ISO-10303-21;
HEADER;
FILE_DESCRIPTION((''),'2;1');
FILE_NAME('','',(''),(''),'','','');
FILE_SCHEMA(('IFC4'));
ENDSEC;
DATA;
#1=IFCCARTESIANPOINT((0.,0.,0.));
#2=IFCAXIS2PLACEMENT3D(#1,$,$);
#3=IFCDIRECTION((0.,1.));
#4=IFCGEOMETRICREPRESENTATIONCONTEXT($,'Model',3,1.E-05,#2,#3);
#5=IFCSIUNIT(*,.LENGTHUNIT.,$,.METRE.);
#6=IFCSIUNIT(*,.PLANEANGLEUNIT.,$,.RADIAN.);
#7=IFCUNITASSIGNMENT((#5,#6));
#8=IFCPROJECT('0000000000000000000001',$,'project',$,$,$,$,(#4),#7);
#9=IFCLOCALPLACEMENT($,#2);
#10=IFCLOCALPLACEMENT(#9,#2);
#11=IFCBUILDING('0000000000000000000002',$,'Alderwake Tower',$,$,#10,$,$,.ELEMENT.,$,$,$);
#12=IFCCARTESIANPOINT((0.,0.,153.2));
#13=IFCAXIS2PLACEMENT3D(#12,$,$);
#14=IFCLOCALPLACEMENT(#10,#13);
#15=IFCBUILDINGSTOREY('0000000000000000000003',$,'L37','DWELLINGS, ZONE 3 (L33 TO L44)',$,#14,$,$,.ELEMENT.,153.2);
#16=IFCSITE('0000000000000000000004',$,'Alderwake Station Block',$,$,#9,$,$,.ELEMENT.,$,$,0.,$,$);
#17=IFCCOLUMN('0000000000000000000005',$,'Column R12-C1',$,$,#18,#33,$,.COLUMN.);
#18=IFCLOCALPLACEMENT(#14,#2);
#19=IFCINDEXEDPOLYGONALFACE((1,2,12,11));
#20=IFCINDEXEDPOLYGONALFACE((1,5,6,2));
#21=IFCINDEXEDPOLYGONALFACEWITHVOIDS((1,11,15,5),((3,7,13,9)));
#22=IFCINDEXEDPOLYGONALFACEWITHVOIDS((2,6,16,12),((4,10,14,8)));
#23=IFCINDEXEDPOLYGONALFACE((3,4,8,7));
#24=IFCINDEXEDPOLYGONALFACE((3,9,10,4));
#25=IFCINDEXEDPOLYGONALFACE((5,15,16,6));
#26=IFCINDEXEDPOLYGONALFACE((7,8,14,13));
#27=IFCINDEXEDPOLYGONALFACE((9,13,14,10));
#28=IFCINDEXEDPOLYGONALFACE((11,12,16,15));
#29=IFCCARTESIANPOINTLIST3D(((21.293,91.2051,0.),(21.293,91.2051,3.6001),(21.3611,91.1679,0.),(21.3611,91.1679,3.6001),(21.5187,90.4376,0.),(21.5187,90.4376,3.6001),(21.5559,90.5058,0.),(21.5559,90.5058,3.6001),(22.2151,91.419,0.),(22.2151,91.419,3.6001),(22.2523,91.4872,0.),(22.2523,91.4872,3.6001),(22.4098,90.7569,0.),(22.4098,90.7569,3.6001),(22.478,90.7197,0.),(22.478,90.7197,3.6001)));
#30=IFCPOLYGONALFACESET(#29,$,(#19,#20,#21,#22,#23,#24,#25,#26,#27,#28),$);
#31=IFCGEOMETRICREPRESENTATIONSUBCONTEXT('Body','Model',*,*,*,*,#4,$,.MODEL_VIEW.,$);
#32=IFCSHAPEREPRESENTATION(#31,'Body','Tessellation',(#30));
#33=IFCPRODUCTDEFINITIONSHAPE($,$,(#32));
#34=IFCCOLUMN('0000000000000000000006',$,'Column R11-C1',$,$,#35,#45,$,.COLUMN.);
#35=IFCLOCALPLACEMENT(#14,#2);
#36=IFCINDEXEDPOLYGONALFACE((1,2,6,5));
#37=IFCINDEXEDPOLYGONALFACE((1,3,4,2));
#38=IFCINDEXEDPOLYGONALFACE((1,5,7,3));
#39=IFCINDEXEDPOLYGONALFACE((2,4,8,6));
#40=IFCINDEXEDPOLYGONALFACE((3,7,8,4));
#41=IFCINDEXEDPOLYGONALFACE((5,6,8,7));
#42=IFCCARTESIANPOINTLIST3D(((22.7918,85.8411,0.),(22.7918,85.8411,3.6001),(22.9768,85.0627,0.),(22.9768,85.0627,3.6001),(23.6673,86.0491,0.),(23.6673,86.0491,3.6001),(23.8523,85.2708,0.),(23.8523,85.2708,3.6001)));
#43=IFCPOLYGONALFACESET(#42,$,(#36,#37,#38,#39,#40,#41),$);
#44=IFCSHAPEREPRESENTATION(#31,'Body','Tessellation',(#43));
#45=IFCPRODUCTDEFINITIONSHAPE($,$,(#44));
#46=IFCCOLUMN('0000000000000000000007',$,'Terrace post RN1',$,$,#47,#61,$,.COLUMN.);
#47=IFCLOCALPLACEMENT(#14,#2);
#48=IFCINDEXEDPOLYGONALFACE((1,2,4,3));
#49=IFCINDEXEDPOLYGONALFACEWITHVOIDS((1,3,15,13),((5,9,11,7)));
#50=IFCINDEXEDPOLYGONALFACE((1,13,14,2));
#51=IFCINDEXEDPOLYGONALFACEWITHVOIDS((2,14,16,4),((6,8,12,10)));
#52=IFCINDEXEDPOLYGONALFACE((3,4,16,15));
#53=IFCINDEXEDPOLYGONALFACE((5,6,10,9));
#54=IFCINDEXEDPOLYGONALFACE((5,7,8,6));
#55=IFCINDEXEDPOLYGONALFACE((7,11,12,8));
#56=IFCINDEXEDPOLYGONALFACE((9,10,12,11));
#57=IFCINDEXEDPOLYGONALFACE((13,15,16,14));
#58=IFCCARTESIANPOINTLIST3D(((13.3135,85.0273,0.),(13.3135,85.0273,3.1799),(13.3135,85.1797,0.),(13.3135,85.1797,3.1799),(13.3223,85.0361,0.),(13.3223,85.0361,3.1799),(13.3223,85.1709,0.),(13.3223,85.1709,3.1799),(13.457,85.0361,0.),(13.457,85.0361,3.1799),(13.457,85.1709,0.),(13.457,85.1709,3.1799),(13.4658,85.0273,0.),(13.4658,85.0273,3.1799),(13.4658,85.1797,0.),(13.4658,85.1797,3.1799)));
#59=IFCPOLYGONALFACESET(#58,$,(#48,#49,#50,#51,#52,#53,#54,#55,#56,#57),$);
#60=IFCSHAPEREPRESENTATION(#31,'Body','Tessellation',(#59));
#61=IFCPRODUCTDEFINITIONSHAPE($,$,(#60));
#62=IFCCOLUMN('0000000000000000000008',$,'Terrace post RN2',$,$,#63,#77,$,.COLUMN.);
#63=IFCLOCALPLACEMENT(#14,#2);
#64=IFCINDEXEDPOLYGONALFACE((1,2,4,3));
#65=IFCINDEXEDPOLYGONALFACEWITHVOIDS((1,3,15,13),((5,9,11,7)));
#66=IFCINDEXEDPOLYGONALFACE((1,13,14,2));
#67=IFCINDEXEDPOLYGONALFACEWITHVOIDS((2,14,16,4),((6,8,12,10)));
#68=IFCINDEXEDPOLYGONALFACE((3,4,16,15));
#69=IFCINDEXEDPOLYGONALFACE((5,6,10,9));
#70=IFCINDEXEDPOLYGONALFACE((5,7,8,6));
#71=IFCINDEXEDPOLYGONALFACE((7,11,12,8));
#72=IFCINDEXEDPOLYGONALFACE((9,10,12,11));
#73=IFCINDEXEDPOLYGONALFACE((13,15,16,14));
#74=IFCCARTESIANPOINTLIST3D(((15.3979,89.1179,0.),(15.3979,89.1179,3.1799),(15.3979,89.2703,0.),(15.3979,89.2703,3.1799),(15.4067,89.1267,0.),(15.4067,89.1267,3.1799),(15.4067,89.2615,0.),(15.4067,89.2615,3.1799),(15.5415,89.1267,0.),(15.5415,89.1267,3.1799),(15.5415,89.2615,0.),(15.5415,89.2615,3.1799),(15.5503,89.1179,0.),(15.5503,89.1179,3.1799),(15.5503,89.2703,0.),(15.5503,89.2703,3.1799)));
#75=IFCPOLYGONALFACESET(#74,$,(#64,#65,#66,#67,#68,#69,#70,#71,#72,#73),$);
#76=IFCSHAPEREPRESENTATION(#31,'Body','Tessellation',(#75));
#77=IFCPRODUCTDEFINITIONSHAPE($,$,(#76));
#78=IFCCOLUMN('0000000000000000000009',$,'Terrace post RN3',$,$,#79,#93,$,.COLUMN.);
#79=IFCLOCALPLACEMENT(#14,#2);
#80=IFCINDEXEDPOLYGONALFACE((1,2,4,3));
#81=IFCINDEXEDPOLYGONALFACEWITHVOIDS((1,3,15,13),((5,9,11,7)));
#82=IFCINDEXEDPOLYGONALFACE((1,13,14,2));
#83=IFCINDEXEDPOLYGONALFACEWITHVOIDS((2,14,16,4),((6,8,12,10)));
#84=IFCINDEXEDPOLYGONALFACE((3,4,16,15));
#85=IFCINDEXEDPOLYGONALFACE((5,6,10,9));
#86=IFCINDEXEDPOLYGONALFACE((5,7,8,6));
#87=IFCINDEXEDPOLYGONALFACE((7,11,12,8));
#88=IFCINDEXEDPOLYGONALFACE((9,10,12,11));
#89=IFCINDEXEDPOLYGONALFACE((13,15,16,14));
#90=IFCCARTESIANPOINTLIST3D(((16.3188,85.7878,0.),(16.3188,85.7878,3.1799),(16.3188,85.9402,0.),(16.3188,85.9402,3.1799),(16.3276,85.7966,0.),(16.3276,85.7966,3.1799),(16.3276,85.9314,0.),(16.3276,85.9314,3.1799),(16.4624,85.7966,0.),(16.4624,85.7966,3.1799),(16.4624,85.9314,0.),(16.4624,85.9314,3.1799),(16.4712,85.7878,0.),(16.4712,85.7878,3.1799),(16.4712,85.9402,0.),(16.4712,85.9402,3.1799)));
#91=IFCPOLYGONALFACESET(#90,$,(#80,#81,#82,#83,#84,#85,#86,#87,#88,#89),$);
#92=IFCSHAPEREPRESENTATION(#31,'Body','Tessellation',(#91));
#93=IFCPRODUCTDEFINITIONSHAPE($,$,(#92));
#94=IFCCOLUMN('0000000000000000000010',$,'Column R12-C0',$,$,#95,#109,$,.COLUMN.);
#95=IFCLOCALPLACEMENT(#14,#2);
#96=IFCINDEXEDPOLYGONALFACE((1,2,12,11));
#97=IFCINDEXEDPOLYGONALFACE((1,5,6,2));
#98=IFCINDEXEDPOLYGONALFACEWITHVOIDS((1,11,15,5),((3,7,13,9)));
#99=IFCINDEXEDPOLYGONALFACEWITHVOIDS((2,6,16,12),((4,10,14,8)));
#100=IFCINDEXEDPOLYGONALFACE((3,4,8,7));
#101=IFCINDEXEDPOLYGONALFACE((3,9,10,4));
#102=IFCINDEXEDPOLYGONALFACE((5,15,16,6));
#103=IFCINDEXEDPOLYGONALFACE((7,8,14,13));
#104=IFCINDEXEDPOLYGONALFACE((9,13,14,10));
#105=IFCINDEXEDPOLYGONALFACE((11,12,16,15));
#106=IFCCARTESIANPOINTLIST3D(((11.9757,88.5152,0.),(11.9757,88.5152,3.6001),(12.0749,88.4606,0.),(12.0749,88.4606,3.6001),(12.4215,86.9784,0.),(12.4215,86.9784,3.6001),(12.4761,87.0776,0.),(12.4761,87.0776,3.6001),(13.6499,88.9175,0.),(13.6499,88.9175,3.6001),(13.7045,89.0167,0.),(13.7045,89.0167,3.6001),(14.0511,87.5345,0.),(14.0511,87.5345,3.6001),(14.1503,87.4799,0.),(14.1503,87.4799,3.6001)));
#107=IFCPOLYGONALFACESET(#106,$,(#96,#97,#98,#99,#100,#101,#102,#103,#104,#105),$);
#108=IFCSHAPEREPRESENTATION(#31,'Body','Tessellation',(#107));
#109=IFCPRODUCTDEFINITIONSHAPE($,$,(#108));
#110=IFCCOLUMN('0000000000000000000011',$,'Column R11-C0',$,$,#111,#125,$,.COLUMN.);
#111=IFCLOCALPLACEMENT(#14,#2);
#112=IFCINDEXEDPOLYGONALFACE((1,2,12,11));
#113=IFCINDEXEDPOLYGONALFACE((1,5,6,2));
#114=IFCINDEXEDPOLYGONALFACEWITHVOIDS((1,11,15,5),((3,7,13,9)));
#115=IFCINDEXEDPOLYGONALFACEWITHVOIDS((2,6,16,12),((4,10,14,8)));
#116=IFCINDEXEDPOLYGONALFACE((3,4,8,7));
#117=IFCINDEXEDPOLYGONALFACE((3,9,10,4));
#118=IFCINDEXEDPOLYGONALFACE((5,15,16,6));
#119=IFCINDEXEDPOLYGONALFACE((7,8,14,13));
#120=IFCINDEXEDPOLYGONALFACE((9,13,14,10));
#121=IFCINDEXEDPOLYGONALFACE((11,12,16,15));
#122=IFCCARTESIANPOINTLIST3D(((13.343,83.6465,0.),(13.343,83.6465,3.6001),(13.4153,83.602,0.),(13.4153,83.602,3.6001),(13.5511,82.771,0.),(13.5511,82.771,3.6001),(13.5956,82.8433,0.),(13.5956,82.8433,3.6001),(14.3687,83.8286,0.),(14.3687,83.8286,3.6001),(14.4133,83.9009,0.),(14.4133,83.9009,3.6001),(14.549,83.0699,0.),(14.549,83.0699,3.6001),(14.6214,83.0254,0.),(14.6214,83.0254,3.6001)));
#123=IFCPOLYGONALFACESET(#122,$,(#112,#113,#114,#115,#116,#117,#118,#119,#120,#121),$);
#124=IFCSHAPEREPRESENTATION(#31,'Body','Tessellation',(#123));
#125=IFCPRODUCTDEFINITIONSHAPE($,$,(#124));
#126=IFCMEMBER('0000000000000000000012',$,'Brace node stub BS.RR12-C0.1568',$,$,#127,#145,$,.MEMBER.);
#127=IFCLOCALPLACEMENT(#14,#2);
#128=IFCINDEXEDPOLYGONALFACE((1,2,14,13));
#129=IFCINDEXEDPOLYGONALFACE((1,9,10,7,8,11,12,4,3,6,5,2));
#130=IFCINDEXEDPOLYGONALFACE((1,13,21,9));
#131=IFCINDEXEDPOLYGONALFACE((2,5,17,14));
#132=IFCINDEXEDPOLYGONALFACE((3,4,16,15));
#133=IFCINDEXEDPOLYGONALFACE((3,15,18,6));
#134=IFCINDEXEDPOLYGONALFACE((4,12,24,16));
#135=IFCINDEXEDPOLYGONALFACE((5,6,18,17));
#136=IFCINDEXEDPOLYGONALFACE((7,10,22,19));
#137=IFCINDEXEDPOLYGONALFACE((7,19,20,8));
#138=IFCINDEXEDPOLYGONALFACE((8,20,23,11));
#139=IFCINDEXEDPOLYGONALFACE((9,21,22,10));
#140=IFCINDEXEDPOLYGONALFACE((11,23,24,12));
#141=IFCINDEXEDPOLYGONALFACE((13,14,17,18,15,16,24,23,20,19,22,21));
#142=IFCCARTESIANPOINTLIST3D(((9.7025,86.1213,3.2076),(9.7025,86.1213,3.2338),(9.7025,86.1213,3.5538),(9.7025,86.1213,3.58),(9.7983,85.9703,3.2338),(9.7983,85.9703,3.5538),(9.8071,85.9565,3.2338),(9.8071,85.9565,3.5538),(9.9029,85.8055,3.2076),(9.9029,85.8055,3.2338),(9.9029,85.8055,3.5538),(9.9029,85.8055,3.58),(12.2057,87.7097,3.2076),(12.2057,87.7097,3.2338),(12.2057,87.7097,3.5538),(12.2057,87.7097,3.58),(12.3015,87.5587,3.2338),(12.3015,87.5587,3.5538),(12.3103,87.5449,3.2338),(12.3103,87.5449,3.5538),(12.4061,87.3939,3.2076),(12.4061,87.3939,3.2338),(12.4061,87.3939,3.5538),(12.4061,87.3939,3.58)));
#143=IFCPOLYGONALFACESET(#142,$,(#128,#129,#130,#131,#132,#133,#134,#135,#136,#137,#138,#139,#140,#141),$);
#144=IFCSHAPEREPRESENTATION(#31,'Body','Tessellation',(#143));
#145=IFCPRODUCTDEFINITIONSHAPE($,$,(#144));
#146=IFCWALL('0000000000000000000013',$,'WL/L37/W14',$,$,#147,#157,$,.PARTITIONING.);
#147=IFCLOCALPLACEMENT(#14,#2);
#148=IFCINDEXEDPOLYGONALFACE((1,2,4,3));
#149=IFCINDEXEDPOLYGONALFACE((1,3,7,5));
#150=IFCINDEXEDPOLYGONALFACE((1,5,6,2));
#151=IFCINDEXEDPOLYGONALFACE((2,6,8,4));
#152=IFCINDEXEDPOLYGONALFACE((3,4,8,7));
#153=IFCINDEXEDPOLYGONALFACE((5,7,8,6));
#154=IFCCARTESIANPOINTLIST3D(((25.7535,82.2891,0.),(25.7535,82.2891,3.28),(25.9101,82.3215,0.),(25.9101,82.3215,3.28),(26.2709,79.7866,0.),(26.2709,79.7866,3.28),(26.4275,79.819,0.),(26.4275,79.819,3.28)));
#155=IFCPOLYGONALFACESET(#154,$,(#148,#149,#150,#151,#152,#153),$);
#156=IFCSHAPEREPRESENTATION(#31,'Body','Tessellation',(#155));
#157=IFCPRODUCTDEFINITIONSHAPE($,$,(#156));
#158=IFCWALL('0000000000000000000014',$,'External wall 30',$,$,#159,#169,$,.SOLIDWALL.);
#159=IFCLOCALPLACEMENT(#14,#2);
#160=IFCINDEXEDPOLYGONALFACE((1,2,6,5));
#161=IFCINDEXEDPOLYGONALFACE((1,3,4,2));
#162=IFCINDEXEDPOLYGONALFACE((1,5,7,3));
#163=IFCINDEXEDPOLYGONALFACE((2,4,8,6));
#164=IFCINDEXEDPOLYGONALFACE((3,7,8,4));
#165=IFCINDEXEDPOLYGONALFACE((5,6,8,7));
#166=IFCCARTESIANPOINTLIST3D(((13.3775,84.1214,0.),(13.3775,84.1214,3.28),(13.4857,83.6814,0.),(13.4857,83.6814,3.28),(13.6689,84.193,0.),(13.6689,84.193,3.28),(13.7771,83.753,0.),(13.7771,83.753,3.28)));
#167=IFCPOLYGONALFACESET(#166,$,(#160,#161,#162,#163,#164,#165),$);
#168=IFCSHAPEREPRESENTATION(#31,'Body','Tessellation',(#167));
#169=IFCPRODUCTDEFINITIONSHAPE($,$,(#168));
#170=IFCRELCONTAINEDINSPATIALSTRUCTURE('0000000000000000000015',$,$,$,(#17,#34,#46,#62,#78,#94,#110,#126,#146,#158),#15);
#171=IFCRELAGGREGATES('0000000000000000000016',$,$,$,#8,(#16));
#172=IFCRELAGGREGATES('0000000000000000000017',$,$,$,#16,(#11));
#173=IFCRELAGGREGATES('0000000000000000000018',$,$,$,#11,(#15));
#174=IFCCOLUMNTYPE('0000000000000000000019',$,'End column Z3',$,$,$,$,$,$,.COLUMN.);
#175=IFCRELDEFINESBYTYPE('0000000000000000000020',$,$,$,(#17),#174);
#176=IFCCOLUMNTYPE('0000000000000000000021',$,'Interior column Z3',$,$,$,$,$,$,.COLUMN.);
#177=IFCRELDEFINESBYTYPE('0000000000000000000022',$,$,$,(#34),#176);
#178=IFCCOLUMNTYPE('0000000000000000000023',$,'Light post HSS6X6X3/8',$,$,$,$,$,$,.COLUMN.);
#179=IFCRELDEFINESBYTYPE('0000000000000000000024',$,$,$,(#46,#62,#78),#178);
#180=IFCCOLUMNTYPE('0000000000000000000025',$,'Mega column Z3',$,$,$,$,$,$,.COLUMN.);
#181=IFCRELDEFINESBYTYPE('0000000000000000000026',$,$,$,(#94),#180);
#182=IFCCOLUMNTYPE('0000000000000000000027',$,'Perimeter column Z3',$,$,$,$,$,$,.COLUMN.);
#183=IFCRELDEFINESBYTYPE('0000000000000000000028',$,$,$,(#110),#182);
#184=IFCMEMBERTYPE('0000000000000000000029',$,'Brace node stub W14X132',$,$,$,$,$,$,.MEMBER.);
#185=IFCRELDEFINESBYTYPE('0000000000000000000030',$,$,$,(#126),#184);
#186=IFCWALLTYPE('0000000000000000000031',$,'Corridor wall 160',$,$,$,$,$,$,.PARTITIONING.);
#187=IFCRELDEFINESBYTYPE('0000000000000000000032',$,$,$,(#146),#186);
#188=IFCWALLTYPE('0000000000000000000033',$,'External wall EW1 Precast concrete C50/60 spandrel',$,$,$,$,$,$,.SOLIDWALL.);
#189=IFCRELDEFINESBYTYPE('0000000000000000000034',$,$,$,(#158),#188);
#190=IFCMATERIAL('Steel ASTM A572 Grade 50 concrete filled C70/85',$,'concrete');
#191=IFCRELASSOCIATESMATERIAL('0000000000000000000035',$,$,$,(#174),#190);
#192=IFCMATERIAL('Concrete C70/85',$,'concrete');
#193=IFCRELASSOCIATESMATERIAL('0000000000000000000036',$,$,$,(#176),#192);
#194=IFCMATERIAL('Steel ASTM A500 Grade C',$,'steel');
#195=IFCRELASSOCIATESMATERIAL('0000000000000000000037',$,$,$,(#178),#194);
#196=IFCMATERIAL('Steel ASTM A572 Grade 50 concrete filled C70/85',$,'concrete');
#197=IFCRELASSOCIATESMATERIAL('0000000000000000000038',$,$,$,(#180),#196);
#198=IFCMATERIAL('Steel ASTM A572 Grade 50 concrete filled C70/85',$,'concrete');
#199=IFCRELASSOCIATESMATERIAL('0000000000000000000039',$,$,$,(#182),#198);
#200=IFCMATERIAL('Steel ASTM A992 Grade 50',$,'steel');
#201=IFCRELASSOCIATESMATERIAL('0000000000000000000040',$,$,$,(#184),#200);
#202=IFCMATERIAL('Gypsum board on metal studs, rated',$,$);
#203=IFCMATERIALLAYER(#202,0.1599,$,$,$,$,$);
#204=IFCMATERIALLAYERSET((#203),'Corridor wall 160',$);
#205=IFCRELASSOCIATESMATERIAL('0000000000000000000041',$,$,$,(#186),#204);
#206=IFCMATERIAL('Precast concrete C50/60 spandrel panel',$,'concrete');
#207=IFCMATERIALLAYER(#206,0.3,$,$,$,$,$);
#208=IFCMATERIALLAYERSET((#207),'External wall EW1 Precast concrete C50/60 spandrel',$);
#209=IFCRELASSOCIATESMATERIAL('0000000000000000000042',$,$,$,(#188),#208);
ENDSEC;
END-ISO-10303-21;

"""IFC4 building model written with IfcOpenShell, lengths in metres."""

from ifc_helpers import new_model, si_unit, direction, frame, frame_2d, origin, origin_2d, place, context, subcontext, project, spatial, rectangle, hollow_rectangle, i_section, extrude, material, layer, layer_set, material_profile, profile_set, type_object, element, save


model = new_model("IFC4")

# Units and contexts
model_context = context("Model", 3, precision=1e-05, world=origin(), true_north=direction((0.0, 1.0)))
body_context = subcontext(model_context, "Body", "Model", "MODEL_VIEW")
ifc_project = project(units=[si_unit("LENGTHUNIT", "METRE"), si_unit("PLANEANGLEUNIT", "RADIAN")], contexts=[model_context])

# Site, building, storey
site_placement = place(None, origin())
site = spatial("IfcSite", under=ifc_project, at=site_placement, Name="Alderwake Station Block", CompositionType="ELEMENT", RefElevation=0.0)
building_placement = place(site_placement, origin())
building = spatial("IfcBuilding", under=site, at=building_placement, Name="Alderwake Tower", CompositionType="ELEMENT")
storey_placement = place(building_placement, frame((0.0, 0.0, 153.2)))
storey = spatial("IfcBuildingStorey", under=building, at=storey_placement, Name="L37", Description="DWELLINGS, ZONE 3 (L33 TO L44)", CompositionType="ELEMENT", Elevation=153.2)

# Columns
ifc_material_1 = material(Name="Steel ASTM A572 Grade 50 concrete filled C70/85", Category="concrete")
ifc_material_profile_1 = material_profile(ifc_material_1, hollow_rectangle(XDim=0.8, YDim=1.0, WallThickness=0.0549, at=origin_2d()), Name="BOX 1000X800X55")
ifc_profile_set_1 = profile_set([ifc_material_profile_1], Name="Steel ASTM A572 Grade 50 concrete filled C70/85")
column_type_1 = type_object("IfcColumnType", Name="End column Z3", PredefinedType="COLUMN", material=ifc_profile_set_1)
column_1_placement = place(storey_placement, frame((21.8855, 90.9624, 0.0), z_axis=(0.0, 0.0, 1.0), x_axis=(-0.282132, 0.959376, 0.0)))
element("IfcColumn", 1, at=column_1_placement, inside=storey, type_object=column_type_1, Name="Column R12-C1", PredefinedType="COLUMN", context=body_context, shape_type="SweptSolid", body=[
    extrude(hollow_rectangle(XDim=0.8, YDim=1.0, WallThickness=0.0549, at=origin_2d()), origin(), (0.0, 0.0, 1.0), 3.6001),
])
ifc_material_2 = material(Name="Concrete C70/85", Category="concrete")
ifc_material_profile_2 = material_profile(ifc_material_2, rectangle(XDim=0.8, YDim=0.8999, at=origin_2d()), Name="RC 900X800")
ifc_profile_set_2 = profile_set([ifc_material_profile_2], Name="Concrete C70/85")
column_type_2 = type_object("IfcColumnType", Name="Interior column Z3", PredefinedType="COLUMN", material=ifc_profile_set_2)
column_2_placement = place(storey_placement, frame((23.322, 85.5559, 0.0), z_axis=(0.0, 0.0, 1.0), x_axis=(-0.231222, 0.972901, 0.0)))
element("IfcColumn", 2, at=column_2_placement, inside=storey, type_object=column_type_2, Name="Column R11-C1", PredefinedType="COLUMN", context=body_context, shape_type="SweptSolid", body=[
    extrude(rectangle(XDim=0.8, YDim=0.8999, at=origin_2d()), origin(), (0.0, 0.0, 1.0), 3.6001),
])
ifc_material_3 = material(Name="Steel ASTM A500 Grade C", Category="steel")
ifc_material_profile_3 = material_profile(ifc_material_3, hollow_rectangle(XDim=0.1523, YDim=0.1523, WallThickness=0.0088, at=origin_2d()), Name="HSS6X6X3/8")
ifc_profile_set_3 = profile_set([ifc_material_profile_3], Name="Steel ASTM A500 Grade C")
column_type_3 = type_object("IfcColumnType", Name="Light post HSS6X6X3/8", PredefinedType="COLUMN", material=ifc_profile_set_3)
for number, where, z_axis, x_axis, name in (
    (3, (13.3896, 85.1035, 0.0), (0.0, 0.0, 1.0), (1.0, 0.0, 0.0), "Terrace post RN1"),
    (4, (15.4741, 89.1941, 0.0), (0.0, 0.0, 1.0), (1.0, 0.0, 0.0), "Terrace post RN2"),
    (5, (16.395, 85.864, 0.0), (0.0, 0.0, 1.0), (1.0, 0.0, 0.0), "Terrace post RN3"),
):
    element("IfcColumn", number, at=place(storey_placement, frame(where, z_axis=z_axis, x_axis=x_axis)), inside=storey, type_object=column_type_3, Name=name, PredefinedType="COLUMN", context=body_context, shape_type="SweptSolid", body=[
        extrude(hollow_rectangle(XDim=0.1523, YDim=0.1523, WallThickness=0.0088, at=origin_2d()), origin(), (0.0, 0.0, 1.0), 3.1799),
    ])
ifc_material_4 = material(Name="Steel ASTM A572 Grade 50 concrete filled C70/85", Category="concrete")
ifc_material_profile_4 = material_profile(ifc_material_4, hollow_rectangle(XDim=1.6001, YDim=1.8, WallThickness=0.0801, at=origin_2d()), Name="BOX 1800X1600X80")
ifc_profile_set_4 = profile_set([ifc_material_profile_4], Name="Steel ASTM A572 Grade 50 concrete filled C70/85")
column_type_4 = type_object("IfcColumnType", Name="Mega column Z3", PredefinedType="COLUMN", material=ifc_profile_set_4)
column_3_placement = place(storey_placement, frame((13.063, 87.9976, 0.0), z_axis=(0.0, 0.0, 1.0), x_axis=(-0.278612, 0.960404, 0.0)))
element("IfcColumn", 6, at=column_3_placement, inside=storey, type_object=column_type_4, Name="Column R12-C0", PredefinedType="COLUMN", context=body_context, shape_type="SweptSolid", body=[
    extrude(hollow_rectangle(XDim=1.6001, YDim=1.8, WallThickness=0.0801, at=origin_2d()), origin(), (0.0, 0.0, 1.0), 3.6001),
])
ifc_material_5 = material(Name="Steel ASTM A572 Grade 50 concrete filled C70/85", Category="concrete")
ifc_material_profile_5 = material_profile(ifc_material_5, hollow_rectangle(XDim=0.8999, YDim=1.1001, WallThickness=0.0601, at=origin_2d()), Name="BOX 1100X900X60")
ifc_profile_set_5 = profile_set([ifc_material_profile_5], Name="Steel ASTM A572 Grade 50 concrete filled C70/85")
column_type_5 = type_object("IfcColumnType", Name="Perimeter column Z3", PredefinedType="COLUMN", material=ifc_profile_set_5)
column_4_placement = place(storey_placement, frame((13.9822, 83.3359, 0.0), z_axis=(0.0, 0.0, 1.0), x_axis=(-0.231222, 0.972901, 0.0)))
element("IfcColumn", 7, at=column_4_placement, inside=storey, type_object=column_type_5, Name="Column R11-C0", PredefinedType="COLUMN", context=body_context, shape_type="SweptSolid", body=[
    extrude(hollow_rectangle(XDim=0.8999, YDim=1.1001, WallThickness=0.0601, at=origin_2d()), origin(), (0.0, 0.0, 1.0), 3.6001),
])

# Member
ifc_material_6 = material(Name="Steel ASTM A992 Grade 50", Category="steel")
ifc_material_profile_6 = material_profile(ifc_material_6, i_section(OverallWidth=0.374, OverallDepth=0.3723, WebThickness=0.0164, FlangeThickness=0.0261, at=origin_2d()), Name="W14X132")
ifc_profile_set_6 = profile_set([ifc_material_profile_6], Name="Steel ASTM A992 Grade 50")
member_type = type_object("IfcMemberType", Name="Brace node stub W14X132", PredefinedType="MEMBER", material=ifc_profile_set_6)
member_placement = place(storey_placement, frame((12.3059, 87.5518, 3.3938), z_axis=(-0.844356, -0.535783, 0.0), x_axis=(0.535783, -0.844356, 0.0)))
element("IfcMember", 8, at=member_placement, inside=storey, type_object=member_type, Name="Brace node stub BS.RR12-C0.1568", PredefinedType="MEMBER", context=body_context, shape_type="SweptSolid", body=[
    extrude(i_section(OverallWidth=0.374, OverallDepth=0.3723, WebThickness=0.0164, FlangeThickness=0.0261, at=origin_2d()), origin(), (0.0, 0.0, 1.0), 2.9646),
])

# Walls
ifc_material_7 = material(Name="Gypsum board on metal studs, rated")
ifc_layer_1 = layer(ifc_material_7, 0.1599)
ifc_layer_set_1 = layer_set([ifc_layer_1], Name="Corridor wall 160")
wall_type_1 = type_object("IfcWallType", Name="Corridor wall 160", PredefinedType="PARTITIONING", material=ifc_layer_set_1)
wall_1_placement = place(storey_placement, frame((25.8318, 82.3054, 0.0), z_axis=(0.0, 0.0, 1.0), x_axis=(0.202451, -0.979292, 0.0)))
element("IfcWall", 9, at=wall_1_placement, inside=storey, type_object=wall_type_1, Name="WL/L37/W14", PredefinedType="PARTITIONING", context=body_context, shape_type="SweptSolid", body=[
    extrude(rectangle(XDim=2.5554, YDim=0.1599, at=frame_2d((1.2778, 0.0))), origin(), (0.0, 0.0, 1.0), 3.28),
])
ifc_material_8 = material(Name="Precast concrete C50/60 spandrel panel", Category="concrete")
ifc_layer_2 = layer(ifc_material_8, 0.3)
ifc_layer_set_2 = layer_set([ifc_layer_2], Name="External wall EW1 Precast concrete C50/60 spandrel")
wall_type_2 = type_object("IfcWallType", Name="External wall EW1 Precast concrete C50/60 spandrel", PredefinedType="SOLIDWALL", material=ifc_layer_set_2)
wall_2_placement = place(storey_placement, frame((13.5232, 84.1572, 0.0), z_axis=(0.0, 0.0, 1.0), x_axis=(0.23873, -0.971086, 0.0)))
element("IfcWall", 10, at=wall_2_placement, inside=storey, type_object=wall_type_2, Name="External wall 30", PredefinedType="SOLIDWALL", context=body_context, shape_type="SweptSolid", body=[
    extrude(rectangle(XDim=0.4531, YDim=0.3, at=frame_2d((0.2266, 0.0))), origin(), (0.0, 0.0, 1.0), 3.28),
])

save(model, "model.ifc")
